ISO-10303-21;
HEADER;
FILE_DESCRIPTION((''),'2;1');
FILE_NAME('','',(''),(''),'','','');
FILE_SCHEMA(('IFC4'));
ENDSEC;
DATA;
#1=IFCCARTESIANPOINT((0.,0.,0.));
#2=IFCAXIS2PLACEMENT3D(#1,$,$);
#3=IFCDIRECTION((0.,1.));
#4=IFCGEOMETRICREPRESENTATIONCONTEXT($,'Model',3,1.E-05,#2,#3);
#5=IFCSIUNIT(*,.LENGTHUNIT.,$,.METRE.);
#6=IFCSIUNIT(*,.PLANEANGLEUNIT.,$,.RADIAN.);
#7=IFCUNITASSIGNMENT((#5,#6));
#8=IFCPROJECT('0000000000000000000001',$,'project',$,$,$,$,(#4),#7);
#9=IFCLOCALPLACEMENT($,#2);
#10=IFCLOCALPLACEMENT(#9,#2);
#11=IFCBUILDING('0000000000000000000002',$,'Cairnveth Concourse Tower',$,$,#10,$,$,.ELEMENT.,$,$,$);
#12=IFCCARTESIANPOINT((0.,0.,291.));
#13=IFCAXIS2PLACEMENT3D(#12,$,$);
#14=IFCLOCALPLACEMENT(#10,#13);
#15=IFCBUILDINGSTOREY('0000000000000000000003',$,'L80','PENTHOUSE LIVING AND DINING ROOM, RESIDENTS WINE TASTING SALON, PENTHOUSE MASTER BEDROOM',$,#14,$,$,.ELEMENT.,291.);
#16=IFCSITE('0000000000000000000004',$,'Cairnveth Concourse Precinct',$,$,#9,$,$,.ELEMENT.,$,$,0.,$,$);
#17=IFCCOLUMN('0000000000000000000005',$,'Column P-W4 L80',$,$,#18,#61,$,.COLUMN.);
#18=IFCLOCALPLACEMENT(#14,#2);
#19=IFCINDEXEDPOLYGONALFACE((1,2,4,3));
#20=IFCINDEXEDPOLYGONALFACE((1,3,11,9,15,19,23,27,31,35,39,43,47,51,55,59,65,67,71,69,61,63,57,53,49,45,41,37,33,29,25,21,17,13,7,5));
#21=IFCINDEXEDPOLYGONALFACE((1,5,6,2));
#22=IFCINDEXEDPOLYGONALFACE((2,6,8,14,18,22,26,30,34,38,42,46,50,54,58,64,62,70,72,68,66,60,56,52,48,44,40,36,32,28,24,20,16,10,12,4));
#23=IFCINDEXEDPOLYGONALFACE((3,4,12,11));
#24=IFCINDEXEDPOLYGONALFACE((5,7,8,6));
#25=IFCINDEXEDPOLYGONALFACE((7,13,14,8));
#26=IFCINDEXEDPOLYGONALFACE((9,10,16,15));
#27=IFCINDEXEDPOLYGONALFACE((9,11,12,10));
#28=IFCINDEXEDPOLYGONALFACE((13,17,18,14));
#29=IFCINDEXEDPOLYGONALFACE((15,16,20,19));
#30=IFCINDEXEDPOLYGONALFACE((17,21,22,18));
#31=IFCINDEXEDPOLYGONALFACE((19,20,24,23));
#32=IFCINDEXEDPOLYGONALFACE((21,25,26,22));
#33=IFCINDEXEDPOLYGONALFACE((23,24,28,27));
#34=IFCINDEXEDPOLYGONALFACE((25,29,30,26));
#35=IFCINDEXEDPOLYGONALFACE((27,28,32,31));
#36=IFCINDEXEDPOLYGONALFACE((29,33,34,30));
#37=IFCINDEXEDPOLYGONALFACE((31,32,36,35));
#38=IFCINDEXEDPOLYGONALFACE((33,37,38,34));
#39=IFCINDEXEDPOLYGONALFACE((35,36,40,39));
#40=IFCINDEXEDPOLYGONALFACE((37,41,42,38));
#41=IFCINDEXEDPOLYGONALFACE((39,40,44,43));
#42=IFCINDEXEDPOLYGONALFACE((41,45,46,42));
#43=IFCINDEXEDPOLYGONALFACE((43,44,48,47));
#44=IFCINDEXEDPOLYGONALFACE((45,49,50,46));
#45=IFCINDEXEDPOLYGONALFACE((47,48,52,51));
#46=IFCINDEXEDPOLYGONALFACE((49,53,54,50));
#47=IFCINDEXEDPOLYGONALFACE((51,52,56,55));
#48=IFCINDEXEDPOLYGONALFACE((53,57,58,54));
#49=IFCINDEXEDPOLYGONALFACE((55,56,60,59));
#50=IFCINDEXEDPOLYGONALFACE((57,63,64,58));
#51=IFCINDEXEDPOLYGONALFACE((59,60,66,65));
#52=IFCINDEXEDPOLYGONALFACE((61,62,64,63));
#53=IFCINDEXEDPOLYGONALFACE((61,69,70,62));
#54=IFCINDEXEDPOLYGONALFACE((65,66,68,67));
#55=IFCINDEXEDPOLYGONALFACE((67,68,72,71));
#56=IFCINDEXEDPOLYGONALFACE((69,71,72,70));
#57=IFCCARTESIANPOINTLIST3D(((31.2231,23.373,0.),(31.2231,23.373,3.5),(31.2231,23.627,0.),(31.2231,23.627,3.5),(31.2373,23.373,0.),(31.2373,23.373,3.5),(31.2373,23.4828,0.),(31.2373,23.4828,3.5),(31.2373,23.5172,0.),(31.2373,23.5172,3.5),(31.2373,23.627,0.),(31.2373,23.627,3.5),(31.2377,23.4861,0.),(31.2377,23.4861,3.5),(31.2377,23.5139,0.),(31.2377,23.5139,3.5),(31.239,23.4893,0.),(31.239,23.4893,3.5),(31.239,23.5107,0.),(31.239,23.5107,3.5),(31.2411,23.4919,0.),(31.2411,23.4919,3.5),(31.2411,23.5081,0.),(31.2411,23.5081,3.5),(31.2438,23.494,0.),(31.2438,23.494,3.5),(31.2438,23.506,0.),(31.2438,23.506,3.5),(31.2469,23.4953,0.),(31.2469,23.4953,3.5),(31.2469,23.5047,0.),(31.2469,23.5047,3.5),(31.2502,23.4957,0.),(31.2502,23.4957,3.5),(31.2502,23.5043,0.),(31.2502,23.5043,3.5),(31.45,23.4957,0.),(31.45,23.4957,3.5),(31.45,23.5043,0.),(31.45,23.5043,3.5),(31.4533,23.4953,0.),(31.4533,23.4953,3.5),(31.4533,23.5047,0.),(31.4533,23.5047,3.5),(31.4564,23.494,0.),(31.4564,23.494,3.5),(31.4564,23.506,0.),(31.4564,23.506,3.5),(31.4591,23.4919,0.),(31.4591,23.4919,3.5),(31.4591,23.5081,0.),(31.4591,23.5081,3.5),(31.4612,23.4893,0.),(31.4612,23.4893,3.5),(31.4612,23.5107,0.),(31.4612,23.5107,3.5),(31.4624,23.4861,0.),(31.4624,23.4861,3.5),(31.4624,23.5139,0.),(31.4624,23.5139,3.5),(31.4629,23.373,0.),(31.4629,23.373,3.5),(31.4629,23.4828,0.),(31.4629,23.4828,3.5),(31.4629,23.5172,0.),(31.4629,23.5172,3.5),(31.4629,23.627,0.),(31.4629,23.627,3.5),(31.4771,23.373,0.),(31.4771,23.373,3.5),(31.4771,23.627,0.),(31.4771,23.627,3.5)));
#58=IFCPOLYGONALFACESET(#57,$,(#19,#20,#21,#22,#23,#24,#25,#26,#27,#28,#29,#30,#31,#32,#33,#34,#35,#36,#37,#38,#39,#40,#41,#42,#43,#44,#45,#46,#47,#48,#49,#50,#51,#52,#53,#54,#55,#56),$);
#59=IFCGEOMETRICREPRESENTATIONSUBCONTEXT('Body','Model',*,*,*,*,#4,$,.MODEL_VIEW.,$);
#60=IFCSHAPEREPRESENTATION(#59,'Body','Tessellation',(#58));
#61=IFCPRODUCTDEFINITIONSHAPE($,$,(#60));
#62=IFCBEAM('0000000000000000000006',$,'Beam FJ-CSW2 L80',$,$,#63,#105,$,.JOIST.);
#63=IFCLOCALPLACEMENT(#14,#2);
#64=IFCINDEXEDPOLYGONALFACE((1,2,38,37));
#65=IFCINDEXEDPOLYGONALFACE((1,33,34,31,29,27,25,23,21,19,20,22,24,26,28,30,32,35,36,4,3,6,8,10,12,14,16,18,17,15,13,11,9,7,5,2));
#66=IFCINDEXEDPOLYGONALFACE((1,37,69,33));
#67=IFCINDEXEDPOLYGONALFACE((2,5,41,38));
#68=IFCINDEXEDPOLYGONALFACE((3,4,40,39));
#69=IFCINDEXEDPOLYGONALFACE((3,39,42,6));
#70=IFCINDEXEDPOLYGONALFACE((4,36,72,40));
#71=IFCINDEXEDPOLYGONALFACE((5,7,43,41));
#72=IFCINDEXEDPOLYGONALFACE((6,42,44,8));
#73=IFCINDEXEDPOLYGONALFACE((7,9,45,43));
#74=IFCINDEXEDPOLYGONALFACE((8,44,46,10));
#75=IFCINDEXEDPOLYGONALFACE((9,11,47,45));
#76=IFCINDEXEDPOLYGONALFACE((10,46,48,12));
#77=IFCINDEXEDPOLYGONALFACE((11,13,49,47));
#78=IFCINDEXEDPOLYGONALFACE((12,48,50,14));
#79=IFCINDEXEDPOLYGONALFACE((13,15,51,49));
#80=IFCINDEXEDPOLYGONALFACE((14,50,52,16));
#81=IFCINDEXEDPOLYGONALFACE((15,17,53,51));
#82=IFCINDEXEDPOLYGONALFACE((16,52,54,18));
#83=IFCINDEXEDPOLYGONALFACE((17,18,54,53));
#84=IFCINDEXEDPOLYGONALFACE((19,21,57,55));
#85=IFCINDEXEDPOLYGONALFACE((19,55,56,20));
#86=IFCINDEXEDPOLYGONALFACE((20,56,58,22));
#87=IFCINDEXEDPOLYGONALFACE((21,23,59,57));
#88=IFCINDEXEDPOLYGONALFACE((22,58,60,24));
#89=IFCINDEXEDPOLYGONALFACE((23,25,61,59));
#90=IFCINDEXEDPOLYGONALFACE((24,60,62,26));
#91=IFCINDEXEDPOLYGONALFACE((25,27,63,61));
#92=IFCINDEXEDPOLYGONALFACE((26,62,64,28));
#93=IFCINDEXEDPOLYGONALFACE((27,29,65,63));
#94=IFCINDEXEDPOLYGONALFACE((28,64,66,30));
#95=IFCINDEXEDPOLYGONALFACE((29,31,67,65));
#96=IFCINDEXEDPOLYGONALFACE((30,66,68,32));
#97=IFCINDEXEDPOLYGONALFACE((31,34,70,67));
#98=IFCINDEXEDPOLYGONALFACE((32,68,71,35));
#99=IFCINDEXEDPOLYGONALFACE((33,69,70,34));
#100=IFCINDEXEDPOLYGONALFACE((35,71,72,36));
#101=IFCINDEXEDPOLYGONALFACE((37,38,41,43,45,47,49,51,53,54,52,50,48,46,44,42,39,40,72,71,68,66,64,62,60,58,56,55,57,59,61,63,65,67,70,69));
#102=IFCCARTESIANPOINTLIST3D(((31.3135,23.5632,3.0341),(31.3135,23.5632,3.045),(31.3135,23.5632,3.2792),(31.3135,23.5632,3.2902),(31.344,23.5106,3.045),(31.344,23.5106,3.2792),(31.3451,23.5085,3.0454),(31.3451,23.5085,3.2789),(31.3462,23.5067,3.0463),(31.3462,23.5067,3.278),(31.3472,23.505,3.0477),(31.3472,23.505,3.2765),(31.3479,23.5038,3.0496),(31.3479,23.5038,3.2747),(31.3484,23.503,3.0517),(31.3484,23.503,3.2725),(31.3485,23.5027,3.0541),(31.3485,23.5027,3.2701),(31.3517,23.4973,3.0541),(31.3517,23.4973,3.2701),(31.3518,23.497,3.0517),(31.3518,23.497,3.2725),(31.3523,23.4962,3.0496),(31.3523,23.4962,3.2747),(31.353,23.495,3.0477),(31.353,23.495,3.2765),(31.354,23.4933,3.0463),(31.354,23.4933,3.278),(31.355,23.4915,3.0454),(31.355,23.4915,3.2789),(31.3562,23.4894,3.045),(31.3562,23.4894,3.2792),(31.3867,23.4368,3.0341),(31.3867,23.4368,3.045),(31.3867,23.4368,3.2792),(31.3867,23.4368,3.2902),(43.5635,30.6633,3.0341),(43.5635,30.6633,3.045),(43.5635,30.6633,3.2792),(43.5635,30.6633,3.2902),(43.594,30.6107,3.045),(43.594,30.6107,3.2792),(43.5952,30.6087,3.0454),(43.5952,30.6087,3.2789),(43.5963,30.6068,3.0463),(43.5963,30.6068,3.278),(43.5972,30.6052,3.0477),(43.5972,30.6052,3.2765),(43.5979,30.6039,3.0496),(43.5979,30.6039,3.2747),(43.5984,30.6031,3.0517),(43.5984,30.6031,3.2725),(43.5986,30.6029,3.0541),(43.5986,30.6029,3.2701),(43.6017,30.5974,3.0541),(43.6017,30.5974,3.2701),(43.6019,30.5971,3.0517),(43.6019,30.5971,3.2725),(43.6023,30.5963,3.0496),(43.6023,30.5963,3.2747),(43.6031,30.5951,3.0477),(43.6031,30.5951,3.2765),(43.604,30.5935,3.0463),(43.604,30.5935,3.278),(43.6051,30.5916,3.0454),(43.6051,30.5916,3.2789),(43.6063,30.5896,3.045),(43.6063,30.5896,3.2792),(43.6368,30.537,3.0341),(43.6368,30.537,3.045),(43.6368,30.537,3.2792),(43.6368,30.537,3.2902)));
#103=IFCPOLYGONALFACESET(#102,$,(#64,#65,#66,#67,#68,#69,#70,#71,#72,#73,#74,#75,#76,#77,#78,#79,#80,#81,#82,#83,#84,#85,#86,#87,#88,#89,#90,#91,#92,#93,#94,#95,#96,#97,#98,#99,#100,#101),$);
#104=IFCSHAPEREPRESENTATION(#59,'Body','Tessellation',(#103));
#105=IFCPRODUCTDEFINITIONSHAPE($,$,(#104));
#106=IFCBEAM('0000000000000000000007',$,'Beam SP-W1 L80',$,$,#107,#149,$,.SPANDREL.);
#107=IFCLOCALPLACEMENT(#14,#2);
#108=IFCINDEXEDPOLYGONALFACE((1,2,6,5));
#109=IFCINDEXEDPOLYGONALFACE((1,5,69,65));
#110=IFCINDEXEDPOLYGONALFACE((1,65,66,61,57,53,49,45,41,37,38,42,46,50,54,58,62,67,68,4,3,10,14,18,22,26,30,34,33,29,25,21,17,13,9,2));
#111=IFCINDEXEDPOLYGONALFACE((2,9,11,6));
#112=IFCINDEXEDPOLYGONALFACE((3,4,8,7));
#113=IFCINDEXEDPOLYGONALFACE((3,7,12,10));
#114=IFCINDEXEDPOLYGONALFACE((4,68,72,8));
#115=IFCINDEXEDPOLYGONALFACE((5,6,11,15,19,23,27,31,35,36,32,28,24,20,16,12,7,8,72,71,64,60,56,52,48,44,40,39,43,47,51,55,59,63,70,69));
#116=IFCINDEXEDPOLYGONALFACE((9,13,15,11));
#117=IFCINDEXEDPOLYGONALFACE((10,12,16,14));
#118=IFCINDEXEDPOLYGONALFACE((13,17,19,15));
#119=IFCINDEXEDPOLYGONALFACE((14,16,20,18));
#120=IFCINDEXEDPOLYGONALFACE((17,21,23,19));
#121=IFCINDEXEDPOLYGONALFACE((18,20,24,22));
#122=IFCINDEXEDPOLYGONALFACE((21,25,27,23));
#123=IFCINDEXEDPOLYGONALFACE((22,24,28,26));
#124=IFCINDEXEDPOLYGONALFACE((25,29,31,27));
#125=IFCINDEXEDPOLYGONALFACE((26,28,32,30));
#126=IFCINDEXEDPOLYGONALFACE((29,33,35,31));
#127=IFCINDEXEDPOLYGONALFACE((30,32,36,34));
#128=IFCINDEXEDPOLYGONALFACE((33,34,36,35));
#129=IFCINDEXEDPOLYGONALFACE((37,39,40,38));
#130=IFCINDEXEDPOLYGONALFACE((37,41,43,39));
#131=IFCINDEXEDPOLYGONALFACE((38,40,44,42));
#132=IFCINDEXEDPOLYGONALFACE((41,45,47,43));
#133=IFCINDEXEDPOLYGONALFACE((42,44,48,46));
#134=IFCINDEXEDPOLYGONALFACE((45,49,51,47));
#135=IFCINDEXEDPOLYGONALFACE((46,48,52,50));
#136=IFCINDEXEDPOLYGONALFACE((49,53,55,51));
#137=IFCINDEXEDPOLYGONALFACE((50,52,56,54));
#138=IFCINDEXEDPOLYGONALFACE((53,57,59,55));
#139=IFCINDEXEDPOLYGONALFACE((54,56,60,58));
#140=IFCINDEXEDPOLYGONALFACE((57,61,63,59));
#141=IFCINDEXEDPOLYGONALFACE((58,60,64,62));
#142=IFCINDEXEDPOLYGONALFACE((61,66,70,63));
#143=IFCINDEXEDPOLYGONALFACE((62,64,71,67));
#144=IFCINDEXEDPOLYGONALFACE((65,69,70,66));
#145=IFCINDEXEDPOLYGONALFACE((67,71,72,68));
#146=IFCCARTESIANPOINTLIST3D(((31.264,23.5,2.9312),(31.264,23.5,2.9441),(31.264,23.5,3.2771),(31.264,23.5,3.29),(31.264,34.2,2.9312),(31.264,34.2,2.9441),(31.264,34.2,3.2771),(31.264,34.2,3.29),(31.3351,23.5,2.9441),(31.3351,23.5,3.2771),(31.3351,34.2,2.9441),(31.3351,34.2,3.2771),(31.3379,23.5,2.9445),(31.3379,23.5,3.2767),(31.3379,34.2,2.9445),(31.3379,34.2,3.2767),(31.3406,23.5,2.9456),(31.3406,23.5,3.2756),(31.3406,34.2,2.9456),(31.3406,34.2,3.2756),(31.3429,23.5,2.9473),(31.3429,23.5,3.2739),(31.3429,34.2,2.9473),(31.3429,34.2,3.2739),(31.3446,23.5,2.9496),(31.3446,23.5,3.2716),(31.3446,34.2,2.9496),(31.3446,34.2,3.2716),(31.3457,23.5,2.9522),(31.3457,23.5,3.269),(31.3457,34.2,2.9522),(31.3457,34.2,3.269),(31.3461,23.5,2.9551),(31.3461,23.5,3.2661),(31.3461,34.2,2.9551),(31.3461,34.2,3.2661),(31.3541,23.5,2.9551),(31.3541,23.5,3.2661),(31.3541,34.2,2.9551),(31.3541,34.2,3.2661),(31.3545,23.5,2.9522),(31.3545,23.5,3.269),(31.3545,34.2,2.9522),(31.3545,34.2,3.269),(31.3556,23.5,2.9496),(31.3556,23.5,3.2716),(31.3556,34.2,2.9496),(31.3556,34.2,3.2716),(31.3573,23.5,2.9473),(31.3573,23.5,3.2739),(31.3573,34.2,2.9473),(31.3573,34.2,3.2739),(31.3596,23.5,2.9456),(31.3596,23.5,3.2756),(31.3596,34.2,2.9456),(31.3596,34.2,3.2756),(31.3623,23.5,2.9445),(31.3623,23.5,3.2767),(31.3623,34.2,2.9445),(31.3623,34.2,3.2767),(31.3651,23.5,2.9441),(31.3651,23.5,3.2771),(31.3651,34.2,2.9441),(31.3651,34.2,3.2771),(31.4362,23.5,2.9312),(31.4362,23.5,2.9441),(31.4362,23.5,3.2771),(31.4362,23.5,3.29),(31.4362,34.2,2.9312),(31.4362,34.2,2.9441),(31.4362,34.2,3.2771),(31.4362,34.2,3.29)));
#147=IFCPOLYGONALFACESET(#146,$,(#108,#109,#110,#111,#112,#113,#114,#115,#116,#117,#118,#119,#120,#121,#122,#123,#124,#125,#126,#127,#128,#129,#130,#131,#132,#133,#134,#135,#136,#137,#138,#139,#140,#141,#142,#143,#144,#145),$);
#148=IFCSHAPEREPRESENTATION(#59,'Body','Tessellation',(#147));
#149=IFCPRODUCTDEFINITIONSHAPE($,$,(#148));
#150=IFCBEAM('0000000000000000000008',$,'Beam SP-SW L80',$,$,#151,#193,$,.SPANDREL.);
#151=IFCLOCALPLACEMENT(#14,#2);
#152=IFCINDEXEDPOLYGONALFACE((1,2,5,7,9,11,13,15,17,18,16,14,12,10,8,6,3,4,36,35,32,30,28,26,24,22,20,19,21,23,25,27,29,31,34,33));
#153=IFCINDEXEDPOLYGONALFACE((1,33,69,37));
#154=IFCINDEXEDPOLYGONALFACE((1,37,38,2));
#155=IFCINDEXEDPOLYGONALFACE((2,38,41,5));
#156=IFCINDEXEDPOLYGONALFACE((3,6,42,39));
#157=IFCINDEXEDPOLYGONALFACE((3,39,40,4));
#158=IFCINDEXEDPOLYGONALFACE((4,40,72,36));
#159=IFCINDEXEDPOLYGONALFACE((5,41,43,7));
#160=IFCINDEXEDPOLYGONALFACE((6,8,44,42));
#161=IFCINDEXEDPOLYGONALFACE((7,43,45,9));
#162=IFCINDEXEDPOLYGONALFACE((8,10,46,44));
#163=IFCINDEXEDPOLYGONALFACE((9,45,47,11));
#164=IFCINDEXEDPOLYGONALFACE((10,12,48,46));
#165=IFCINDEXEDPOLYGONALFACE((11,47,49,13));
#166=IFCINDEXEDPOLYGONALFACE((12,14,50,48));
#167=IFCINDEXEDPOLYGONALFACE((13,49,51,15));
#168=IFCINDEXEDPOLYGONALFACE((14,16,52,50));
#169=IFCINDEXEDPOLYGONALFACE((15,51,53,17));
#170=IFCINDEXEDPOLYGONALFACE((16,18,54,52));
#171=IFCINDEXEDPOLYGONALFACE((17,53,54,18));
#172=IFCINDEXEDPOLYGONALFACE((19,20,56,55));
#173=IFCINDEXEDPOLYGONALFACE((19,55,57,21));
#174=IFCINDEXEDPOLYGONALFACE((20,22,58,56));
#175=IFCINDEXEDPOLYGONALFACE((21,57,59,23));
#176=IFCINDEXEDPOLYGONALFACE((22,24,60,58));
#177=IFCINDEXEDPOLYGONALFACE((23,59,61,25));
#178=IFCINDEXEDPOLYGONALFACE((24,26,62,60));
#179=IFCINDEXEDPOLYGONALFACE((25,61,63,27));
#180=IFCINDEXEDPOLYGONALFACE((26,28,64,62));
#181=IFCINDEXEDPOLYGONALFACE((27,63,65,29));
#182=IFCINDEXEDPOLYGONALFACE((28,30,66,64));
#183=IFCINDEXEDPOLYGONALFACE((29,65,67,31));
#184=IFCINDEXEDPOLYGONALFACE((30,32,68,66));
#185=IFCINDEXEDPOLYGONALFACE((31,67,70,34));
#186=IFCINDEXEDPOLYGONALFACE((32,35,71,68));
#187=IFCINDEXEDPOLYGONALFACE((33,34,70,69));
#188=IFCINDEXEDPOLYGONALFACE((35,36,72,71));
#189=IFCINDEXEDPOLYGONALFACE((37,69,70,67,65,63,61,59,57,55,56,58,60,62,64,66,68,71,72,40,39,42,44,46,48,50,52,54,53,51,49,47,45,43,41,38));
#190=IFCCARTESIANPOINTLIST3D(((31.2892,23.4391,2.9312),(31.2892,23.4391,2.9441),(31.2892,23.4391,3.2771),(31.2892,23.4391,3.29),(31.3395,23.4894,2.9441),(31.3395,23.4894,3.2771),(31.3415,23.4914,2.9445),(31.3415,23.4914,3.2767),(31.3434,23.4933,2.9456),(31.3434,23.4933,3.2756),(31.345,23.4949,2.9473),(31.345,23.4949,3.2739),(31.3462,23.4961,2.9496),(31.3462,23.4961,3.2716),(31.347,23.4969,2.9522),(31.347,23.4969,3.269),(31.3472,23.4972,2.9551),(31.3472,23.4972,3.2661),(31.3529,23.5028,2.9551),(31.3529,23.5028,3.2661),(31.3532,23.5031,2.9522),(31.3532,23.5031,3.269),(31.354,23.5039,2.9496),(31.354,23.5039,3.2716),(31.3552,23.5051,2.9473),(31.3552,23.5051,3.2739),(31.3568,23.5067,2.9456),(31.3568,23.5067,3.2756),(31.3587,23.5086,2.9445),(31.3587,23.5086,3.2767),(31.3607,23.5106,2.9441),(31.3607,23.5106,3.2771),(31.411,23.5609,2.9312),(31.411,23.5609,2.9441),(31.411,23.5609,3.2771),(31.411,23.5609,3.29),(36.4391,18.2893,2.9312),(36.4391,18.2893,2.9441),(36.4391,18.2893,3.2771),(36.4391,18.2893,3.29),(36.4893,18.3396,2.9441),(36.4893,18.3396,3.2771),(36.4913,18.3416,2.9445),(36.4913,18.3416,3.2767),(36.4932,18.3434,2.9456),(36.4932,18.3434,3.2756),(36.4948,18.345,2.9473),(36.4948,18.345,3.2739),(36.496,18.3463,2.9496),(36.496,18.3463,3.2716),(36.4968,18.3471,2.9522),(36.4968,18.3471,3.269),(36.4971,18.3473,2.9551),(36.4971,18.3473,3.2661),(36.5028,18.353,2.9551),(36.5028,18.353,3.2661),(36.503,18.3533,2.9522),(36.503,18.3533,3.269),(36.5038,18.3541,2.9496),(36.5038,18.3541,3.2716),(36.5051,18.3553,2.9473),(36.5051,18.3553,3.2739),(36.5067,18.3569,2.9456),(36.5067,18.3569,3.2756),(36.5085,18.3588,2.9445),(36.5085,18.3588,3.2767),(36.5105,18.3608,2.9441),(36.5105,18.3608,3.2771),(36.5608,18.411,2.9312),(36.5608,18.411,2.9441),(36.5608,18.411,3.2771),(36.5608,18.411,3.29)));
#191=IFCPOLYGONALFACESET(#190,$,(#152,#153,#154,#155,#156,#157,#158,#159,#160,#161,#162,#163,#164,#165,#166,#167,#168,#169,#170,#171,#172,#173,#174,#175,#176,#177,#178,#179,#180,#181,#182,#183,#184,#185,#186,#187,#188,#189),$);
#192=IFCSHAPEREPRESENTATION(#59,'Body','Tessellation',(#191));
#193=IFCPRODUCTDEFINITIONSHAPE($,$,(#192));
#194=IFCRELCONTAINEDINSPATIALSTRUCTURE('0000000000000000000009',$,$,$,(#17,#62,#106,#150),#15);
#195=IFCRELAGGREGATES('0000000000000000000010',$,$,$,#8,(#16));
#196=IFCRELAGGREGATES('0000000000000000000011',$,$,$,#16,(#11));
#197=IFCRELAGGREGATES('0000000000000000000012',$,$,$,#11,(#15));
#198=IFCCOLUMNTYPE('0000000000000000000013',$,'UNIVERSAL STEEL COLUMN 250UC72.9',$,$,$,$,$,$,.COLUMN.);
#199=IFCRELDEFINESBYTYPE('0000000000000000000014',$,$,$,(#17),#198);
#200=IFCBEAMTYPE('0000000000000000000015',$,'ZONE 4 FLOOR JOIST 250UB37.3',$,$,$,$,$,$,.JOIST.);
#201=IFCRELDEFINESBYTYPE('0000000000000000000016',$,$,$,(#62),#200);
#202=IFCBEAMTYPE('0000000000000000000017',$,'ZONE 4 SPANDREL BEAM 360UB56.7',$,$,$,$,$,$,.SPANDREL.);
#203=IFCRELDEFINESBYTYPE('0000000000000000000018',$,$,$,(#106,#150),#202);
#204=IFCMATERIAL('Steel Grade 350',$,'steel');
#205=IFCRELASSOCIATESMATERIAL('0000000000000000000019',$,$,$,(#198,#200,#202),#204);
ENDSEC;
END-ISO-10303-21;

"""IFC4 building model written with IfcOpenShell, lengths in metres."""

from ifc_helpers import new_model, si_unit, direction, frame, origin, origin_2d, place, context, subcontext, project, spatial, i_section, extrude, material, material_profile, profile_set, type_object, element, save


model = new_model("IFC4")

# Units and contexts
model_context = context("Model", 3, precision=1e-05, world=origin(), true_north=direction((0.0, 1.0)))
body_context = subcontext(model_context, "Body", "Model", "MODEL_VIEW")
ifc_project = project(units=[si_unit("LENGTHUNIT", "METRE"), si_unit("PLANEANGLEUNIT", "RADIAN")], contexts=[model_context])

# Site, building, storey
site_placement = place(None, origin())
site = spatial("IfcSite", under=ifc_project, at=site_placement, Name="Cairnveth Concourse Precinct", CompositionType="ELEMENT", RefElevation=0.0)
building_placement = place(site_placement, origin())
building = spatial("IfcBuilding", under=site, at=building_placement, Name="Cairnveth Concourse Tower", CompositionType="ELEMENT")
storey_placement = place(building_placement, frame((0.0, 0.0, 291.0)))
storey = spatial("IfcBuildingStorey", under=building, at=storey_placement, Name="L80", Description="PENTHOUSE LIVING AND DINING ROOM, RESIDENTS WINE TASTING SALON, PENTHOUSE MASTER BEDROOM", CompositionType="ELEMENT", Elevation=291.0)

# Column
ifc_material_1 = material(Name="Steel Grade 350", Category="steel")
ifc_material_profile_1 = material_profile(ifc_material_1, i_section(OverallWidth=0.2539, OverallDepth=0.2539, WebThickness=0.0085, FlangeThickness=0.0142, FilletRadius=0.0129, at=origin_2d()), Name="250UC72.9")
ifc_profile_set_1 = profile_set([ifc_material_profile_1], Name="Steel Grade 350")
column_type = type_object("IfcColumnType", Name="UNIVERSAL STEEL COLUMN 250UC72.9", PredefinedType="COLUMN", material=ifc_profile_set_1)
column_placement = place(storey_placement, frame((31.3501, 23.5, 0.0), z_axis=(0.0, 0.0, 1.0), x_axis=(0.0, 1.0, 0.0)))
element("IfcColumn", 1, at=column_placement, inside=storey, type_object=column_type, Name="Column P-W4 L80", PredefinedType="COLUMN", context=body_context, shape_type="SweptSolid", body=[
    extrude(i_section(OverallWidth=0.2539, OverallDepth=0.2539, WebThickness=0.0085, FlangeThickness=0.0142, FilletRadius=0.0129, at=origin_2d()), origin(), (0.0, 0.0, 1.0), 3.5),
])

# Beams
ifc_material_profile_2 = material_profile(ifc_material_1, i_section(OverallWidth=0.146, OverallDepth=0.2561, WebThickness=0.0063, FlangeThickness=0.011, FilletRadius=0.009, at=origin_2d()), Name="250UB37.3")
ifc_profile_set_2 = profile_set([ifc_material_profile_2], Name="Steel Grade 350")
beam_type_1 = type_object("IfcBeamType", Name="ZONE 4 FLOOR JOIST 250UB37.3", PredefinedType="JOIST", material=ifc_profile_set_2)
beam_1_placement = place(storey_placement, frame((31.3501, 23.5, 3.1621), z_axis=(0.865181, 0.501459, 0.0), x_axis=(-0.501459, 0.865181, 0.0)))
element("IfcBeam", 2, at=beam_1_placement, inside=storey, type_object=beam_type_1, Name="Beam FJ-CSW2 L80", PredefinedType="JOIST", context=body_context, shape_type="SweptSolid", body=[
    extrude(i_section(OverallWidth=0.146, OverallDepth=0.2561, WebThickness=0.0063, FlangeThickness=0.011, FilletRadius=0.009, at=origin_2d()), origin(), (0.0, 0.0, 1.0), 14.1589),
])
ifc_material_profile_3 = material_profile(ifc_material_1, i_section(OverallWidth=0.1721, OverallDepth=0.3589, WebThickness=0.0081, FlangeThickness=0.0129, FilletRadius=0.011, at=origin_2d()), Name="360UB56.7")
ifc_profile_set_3 = profile_set([ifc_material_profile_3], Name="Steel Grade 350")
beam_type_2 = type_object("IfcBeamType", Name="ZONE 4 SPANDREL BEAM 360UB56.7", PredefinedType="SPANDREL", material=ifc_profile_set_3)
beam_2_placement = place(storey_placement, frame((31.3501, 23.5, 3.1106), z_axis=(0.0, 1.0, 0.0), x_axis=(-1.0, 0.0, 0.0)))
element("IfcBeam", 3, at=beam_2_placement, inside=storey, type_object=beam_type_2, Name="Beam SP-W1 L80", PredefinedType="SPANDREL", context=body_context, shape_type="SweptSolid", body=[
    extrude(i_section(OverallWidth=0.1721, OverallDepth=0.3589, WebThickness=0.0081, FlangeThickness=0.0129, FilletRadius=0.011, at=origin_2d()), origin(), (0.0, 0.0, 1.0), 10.7),
])
beam_3_placement = place(storey_placement, frame((31.3501, 23.5, 3.1106), z_axis=(0.707107, -0.707107, 0.0), x_axis=(0.707107, 0.707107, 0.0)))
element("IfcBeam", 4, at=beam_3_placement, inside=storey, type_object=beam_type_2, Name="Beam SP-SW L80", PredefinedType="SPANDREL", context=body_context, shape_type="SweptSolid", body=[
    extrude(i_section(OverallWidth=0.1721, OverallDepth=0.3589, WebThickness=0.0081, FlangeThickness=0.0129, FilletRadius=0.011, at=origin_2d()), origin(), (0.0, 0.0, 1.0), 7.283),
])

save(model, "model.ifc")
